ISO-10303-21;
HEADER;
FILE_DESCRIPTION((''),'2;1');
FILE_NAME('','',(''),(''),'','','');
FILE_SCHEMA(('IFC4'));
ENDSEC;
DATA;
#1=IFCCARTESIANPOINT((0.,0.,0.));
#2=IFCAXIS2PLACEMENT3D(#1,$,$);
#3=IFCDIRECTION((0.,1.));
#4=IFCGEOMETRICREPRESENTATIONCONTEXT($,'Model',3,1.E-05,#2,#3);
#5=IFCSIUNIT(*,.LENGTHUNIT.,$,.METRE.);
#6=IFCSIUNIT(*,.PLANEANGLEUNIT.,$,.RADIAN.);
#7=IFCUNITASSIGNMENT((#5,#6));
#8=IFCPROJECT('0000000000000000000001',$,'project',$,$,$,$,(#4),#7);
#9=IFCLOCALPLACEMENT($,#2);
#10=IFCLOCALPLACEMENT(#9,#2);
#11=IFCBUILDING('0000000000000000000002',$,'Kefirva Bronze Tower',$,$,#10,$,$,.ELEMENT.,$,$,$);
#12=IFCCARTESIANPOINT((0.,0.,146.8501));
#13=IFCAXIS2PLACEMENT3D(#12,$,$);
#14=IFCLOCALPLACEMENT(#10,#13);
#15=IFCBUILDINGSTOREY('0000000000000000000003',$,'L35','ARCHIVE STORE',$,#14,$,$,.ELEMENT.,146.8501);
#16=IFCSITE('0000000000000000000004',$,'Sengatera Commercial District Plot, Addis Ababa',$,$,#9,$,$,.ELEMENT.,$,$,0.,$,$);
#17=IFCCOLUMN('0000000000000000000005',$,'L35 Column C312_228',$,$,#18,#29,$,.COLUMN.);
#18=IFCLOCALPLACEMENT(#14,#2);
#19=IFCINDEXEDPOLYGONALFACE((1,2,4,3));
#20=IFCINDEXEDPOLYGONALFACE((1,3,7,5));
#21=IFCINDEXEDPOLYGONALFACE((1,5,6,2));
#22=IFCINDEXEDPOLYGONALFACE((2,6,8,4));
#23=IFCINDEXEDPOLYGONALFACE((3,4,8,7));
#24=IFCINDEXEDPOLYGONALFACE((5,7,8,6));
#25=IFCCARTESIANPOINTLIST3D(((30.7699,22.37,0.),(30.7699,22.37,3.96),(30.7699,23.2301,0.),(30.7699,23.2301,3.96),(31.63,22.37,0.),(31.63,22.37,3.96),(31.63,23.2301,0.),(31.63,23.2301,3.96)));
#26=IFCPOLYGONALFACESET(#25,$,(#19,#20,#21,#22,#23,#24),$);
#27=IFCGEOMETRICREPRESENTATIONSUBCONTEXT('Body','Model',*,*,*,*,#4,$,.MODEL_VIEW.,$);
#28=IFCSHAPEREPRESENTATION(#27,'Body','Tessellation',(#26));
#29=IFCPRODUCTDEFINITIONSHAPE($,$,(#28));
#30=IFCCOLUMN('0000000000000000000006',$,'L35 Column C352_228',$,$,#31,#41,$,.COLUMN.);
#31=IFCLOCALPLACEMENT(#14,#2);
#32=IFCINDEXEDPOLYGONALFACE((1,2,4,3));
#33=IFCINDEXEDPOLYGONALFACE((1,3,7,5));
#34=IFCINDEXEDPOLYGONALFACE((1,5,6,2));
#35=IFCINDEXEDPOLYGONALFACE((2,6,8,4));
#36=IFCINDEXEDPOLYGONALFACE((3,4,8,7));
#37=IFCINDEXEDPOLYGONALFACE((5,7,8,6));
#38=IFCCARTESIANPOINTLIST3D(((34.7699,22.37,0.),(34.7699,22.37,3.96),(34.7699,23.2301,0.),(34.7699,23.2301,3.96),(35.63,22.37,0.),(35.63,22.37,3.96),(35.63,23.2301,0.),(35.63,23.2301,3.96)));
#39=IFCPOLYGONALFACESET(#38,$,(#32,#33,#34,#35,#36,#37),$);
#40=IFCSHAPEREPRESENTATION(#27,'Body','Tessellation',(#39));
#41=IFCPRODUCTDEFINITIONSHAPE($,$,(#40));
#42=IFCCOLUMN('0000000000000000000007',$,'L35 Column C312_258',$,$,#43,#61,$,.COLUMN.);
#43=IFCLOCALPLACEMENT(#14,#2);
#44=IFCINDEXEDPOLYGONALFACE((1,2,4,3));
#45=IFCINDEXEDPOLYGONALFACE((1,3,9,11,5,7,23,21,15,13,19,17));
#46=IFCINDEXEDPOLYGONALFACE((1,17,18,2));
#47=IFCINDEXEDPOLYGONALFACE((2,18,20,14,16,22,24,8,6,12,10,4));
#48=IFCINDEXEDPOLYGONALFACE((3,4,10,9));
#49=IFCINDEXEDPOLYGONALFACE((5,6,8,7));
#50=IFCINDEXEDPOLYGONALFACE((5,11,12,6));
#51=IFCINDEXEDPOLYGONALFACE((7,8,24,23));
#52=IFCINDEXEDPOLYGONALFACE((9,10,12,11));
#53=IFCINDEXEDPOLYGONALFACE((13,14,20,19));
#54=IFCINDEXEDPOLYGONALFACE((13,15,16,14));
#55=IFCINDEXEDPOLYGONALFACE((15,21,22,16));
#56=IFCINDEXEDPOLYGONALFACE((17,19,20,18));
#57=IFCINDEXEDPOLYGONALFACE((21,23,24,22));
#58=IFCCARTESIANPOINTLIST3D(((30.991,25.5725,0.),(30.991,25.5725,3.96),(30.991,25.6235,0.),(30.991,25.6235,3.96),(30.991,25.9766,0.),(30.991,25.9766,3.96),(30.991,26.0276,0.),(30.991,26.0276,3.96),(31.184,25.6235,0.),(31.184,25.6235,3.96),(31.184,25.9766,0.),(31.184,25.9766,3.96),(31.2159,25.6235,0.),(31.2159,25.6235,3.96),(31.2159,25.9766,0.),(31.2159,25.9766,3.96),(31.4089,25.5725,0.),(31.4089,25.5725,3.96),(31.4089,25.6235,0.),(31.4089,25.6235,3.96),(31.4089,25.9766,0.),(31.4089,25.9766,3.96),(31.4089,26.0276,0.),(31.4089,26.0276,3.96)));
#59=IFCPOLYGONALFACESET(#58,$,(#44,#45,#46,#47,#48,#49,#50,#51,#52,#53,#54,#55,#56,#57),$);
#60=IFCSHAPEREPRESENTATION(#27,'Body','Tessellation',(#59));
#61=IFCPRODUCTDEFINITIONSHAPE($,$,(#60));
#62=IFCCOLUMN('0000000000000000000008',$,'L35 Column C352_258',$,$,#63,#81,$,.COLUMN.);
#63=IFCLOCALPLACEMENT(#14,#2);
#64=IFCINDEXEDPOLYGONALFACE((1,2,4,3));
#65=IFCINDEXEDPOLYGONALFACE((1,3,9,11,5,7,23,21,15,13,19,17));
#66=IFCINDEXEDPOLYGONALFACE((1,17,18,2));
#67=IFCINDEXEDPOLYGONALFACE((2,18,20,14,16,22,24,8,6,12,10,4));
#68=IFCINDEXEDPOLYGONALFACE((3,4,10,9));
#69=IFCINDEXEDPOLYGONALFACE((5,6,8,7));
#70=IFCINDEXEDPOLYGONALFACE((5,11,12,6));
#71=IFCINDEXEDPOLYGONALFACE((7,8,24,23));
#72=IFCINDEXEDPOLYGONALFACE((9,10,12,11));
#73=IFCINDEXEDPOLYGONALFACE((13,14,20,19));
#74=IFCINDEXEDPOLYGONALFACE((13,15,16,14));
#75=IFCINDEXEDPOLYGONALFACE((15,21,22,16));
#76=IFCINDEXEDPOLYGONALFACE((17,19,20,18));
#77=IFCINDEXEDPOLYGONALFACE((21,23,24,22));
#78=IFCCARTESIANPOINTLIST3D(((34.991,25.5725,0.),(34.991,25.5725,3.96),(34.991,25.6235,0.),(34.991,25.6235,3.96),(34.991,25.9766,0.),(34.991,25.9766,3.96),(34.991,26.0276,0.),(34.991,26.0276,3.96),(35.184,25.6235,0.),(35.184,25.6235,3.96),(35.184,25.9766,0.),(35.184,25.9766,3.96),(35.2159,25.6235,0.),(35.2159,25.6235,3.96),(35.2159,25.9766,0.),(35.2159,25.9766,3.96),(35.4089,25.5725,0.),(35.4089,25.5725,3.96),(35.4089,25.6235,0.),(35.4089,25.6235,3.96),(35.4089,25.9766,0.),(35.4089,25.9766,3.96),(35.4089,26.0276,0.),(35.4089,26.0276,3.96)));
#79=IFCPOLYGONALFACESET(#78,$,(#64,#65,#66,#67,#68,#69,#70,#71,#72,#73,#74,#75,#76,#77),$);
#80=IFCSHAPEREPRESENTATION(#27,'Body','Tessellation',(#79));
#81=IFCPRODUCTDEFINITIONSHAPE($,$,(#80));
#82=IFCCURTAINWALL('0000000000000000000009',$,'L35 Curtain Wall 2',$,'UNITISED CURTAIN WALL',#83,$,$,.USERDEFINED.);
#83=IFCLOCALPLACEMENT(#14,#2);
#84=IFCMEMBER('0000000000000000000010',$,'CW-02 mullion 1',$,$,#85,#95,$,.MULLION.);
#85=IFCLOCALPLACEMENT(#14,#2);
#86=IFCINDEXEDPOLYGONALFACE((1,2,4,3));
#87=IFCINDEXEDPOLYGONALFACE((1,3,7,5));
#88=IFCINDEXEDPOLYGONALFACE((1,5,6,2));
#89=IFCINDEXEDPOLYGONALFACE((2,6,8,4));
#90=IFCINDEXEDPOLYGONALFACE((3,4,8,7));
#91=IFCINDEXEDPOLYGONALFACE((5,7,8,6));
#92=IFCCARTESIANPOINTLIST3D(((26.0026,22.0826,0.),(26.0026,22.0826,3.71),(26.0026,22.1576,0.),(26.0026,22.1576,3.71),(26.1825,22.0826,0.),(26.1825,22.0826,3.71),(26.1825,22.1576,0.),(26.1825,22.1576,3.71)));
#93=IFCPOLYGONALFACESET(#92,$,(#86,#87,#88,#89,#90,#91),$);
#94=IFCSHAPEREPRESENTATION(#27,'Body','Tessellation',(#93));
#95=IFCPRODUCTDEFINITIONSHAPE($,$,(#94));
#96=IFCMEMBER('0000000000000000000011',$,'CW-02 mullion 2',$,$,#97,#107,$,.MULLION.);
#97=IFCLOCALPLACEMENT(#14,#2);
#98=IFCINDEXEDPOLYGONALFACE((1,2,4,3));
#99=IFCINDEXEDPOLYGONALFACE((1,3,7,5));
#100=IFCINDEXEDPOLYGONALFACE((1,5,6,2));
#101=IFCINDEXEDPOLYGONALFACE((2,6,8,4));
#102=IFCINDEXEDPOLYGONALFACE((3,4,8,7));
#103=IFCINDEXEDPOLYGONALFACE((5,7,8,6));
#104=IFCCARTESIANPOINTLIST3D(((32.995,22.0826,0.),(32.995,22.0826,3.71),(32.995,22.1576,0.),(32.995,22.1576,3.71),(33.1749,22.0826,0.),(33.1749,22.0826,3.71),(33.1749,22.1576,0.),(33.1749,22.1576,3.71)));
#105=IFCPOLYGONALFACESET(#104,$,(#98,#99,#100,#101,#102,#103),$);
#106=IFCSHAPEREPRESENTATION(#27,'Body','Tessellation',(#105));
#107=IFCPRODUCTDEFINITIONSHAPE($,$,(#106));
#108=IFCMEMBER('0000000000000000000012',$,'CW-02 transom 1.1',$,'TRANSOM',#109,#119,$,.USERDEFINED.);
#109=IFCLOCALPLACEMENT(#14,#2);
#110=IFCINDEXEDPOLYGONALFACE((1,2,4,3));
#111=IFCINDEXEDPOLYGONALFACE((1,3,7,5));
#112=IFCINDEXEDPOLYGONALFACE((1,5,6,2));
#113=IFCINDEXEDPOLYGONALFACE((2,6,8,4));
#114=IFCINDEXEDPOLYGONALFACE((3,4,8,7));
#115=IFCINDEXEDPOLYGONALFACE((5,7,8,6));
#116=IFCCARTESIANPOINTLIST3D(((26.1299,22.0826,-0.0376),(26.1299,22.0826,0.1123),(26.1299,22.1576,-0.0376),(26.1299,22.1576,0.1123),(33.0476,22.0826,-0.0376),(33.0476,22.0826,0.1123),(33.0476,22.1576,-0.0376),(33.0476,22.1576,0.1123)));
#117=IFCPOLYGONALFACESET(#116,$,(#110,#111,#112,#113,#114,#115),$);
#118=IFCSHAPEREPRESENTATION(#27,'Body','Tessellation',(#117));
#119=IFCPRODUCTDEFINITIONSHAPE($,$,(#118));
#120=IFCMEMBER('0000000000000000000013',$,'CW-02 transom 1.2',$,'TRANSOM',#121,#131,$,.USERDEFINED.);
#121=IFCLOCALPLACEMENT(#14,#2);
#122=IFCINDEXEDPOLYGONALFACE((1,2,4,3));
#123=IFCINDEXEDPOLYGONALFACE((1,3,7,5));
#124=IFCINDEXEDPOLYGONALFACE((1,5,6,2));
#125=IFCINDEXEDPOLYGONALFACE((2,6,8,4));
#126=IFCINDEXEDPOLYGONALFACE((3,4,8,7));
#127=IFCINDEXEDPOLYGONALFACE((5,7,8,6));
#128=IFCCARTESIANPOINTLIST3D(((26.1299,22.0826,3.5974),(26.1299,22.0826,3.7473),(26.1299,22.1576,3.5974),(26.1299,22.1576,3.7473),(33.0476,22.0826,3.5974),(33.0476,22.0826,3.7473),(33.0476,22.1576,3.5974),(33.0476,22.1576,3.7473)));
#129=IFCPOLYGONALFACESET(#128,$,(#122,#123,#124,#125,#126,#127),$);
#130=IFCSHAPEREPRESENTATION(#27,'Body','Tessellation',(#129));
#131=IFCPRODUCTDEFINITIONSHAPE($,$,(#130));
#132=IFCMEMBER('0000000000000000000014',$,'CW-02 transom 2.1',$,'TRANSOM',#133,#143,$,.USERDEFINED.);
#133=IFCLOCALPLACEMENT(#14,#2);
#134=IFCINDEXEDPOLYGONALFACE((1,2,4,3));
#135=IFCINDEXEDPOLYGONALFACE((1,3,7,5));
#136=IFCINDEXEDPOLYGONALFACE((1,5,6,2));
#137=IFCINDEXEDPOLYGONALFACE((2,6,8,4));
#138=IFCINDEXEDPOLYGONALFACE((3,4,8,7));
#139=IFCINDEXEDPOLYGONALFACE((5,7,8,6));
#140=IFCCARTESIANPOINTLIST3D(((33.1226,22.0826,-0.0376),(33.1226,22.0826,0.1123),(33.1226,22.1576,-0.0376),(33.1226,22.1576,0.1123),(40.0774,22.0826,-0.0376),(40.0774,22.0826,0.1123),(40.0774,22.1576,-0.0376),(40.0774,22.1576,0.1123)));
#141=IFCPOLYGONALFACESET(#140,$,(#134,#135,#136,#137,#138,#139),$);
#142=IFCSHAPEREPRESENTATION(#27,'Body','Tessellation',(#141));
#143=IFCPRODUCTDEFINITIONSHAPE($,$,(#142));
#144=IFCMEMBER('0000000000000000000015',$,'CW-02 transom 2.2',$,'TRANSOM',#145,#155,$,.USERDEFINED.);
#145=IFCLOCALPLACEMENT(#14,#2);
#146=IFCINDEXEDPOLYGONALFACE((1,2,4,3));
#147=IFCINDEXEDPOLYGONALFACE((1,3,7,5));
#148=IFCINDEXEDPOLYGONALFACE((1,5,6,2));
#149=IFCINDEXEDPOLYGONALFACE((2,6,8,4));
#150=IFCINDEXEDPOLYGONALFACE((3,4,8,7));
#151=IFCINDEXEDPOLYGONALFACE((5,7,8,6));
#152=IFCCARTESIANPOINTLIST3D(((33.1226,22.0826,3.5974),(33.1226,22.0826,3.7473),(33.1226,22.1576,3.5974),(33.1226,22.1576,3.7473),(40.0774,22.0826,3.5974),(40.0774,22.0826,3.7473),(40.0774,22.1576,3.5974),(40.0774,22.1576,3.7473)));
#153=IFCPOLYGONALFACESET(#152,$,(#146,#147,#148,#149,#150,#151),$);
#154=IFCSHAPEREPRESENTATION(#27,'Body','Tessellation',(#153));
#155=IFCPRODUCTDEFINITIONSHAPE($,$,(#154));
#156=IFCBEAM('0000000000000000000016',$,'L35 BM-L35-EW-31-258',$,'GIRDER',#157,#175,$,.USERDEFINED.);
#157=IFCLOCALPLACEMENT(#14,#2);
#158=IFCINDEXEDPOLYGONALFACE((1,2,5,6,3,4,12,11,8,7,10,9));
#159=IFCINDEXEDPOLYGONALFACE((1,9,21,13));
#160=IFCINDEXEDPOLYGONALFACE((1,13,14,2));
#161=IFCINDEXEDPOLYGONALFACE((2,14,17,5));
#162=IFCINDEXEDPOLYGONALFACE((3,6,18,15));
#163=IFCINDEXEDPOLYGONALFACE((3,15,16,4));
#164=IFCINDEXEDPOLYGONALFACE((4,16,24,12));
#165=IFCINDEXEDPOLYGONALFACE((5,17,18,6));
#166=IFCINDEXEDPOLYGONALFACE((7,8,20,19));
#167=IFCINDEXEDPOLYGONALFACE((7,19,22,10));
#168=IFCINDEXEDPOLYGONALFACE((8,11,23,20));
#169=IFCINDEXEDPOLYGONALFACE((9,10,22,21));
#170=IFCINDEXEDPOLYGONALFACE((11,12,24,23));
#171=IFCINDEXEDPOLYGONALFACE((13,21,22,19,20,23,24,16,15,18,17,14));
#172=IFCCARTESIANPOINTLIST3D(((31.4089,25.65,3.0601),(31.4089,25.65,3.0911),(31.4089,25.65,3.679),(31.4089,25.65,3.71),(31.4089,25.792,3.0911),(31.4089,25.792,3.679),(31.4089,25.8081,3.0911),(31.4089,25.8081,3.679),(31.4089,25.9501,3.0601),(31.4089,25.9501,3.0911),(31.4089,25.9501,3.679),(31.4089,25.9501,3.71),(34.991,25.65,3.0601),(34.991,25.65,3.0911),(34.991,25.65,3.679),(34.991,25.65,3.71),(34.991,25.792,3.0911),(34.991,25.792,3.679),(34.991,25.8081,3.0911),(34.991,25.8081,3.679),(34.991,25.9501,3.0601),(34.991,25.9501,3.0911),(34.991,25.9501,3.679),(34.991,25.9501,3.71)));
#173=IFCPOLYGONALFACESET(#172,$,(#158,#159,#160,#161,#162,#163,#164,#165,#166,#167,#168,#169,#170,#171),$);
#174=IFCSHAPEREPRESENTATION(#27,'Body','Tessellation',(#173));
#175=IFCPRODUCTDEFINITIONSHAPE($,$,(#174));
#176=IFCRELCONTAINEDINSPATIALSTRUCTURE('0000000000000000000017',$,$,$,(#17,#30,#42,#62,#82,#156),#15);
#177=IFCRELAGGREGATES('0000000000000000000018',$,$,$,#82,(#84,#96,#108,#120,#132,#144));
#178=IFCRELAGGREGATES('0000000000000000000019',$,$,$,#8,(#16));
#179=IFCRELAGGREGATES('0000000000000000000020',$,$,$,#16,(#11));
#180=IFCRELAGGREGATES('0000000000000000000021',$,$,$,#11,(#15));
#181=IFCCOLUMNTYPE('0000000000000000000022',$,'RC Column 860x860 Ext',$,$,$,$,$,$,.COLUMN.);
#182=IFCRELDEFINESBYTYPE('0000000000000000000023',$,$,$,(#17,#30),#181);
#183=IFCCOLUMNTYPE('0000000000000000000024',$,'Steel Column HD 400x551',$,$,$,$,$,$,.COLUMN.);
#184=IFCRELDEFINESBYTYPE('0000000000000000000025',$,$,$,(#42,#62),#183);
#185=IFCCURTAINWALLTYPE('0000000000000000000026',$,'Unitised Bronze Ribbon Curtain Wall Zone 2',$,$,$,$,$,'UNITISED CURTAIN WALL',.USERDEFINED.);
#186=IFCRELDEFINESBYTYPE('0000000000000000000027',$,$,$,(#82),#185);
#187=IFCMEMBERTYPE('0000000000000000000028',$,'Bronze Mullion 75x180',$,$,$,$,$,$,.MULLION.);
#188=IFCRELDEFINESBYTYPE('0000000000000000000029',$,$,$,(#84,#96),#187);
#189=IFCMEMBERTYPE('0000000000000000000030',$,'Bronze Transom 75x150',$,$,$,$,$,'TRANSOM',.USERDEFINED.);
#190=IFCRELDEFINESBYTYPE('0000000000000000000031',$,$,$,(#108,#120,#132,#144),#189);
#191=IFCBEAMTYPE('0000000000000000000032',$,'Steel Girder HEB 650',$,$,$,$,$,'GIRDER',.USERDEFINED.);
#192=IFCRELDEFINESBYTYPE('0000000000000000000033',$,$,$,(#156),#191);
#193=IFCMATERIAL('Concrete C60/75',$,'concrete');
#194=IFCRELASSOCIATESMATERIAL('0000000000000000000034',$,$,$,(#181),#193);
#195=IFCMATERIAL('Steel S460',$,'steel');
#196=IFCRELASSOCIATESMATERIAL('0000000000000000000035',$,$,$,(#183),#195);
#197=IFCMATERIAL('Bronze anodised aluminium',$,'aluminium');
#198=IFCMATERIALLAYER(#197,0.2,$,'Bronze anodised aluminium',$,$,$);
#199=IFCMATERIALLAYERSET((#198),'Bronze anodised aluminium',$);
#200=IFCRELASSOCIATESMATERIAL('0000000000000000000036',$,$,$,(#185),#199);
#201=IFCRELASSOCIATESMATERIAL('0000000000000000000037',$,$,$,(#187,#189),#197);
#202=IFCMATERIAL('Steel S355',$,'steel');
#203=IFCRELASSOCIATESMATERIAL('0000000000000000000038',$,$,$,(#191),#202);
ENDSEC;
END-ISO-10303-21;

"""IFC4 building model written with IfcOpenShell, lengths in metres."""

from ifc_helpers import new_model, si_unit, direction, frame, origin, origin_2d, place, context, subcontext, project, spatial, rectangle, i_section, extrude, material, layer, layer_set, material_profile, profile_set, type_object, element, aggregate, save


model = new_model("IFC4")

# Units and contexts
model_context = context("Model", 3, precision=1e-05, world=origin(), true_north=direction((0.0, 1.0)))
body_context = subcontext(model_context, "Body", "Model", "MODEL_VIEW")
ifc_project = project(units=[si_unit("LENGTHUNIT", "METRE"), si_unit("PLANEANGLEUNIT", "RADIAN")], contexts=[model_context])

# Site, building, storey
site_placement = place(None, origin())
site = spatial("IfcSite", under=ifc_project, at=site_placement, Name="Sengatera Commercial District Plot, Addis Ababa", CompositionType="ELEMENT", RefElevation=0.0)
building_placement = place(site_placement, origin())
building = spatial("IfcBuilding", under=site, at=building_placement, Name="Kefirva Bronze Tower", CompositionType="ELEMENT")
storey_placement = place(building_placement, frame((0.0, 0.0, 146.8501)))
storey = spatial("IfcBuildingStorey", under=building, at=storey_placement, Name="L35", Description="ARCHIVE STORE", CompositionType="ELEMENT", Elevation=146.8501)

# Columns
ifc_material_1 = material(Name="Concrete C60/75", Category="concrete")
ifc_material_profile_1 = material_profile(ifc_material_1, rectangle(XDim=0.8601, YDim=0.8601, at=origin_2d()), Name="RC 860x860")
ifc_profile_set_1 = profile_set([ifc_material_profile_1], Name="Concrete C60/75")
column_type_1 = type_object("IfcColumnType", Name="RC Column 860x860 Ext", PredefinedType="COLUMN", material=ifc_profile_set_1)
for number, where, z_axis, x_axis, name in (
    (1, (31.2, 22.8, 0.0), (0.0, 0.0, 1.0), (1.0, 0.0, 0.0), "L35 Column C312_228"),
    (2, (35.2, 22.8, 0.0), (0.0, 0.0, 1.0), (1.0, 0.0, 0.0), "L35 Column C352_228"),
):
    element("IfcColumn", number, at=place(storey_placement, frame(where, z_axis=z_axis, x_axis=x_axis)), inside=storey, type_object=column_type_1, Name=name, PredefinedType="COLUMN", context=body_context, shape_type="SweptSolid", body=[
        extrude(rectangle(XDim=0.8601, YDim=0.8601, at=origin_2d()), origin(), (0.0, 0.0, 1.0), 3.96),
    ])
ifc_material_2 = material(Name="Steel S460", Category="steel")
ifc_material_profile_2 = material_profile(ifc_material_2, i_section(OverallWidth=0.418, OverallDepth=0.4551, WebThickness=0.032, FlangeThickness=0.051, at=origin_2d()), Name="HD 400x551")
ifc_profile_set_2 = profile_set([ifc_material_profile_2], Name="Steel S460")
column_type_2 = type_object("IfcColumnType", Name="Steel Column HD 400x551", PredefinedType="COLUMN", material=ifc_profile_set_2)
for number, where, z_axis, x_axis, name in (
    (3, (31.2, 25.8, 0.0), (0.0, 0.0, 1.0), (1.0, 0.0, 0.0), "L35 Column C312_258"),
    (4, (35.2, 25.8, 0.0), (0.0, 0.0, 1.0), (1.0, 0.0, 0.0), "L35 Column C352_258"),
):
    element("IfcColumn", number, at=place(storey_placement, frame(where, z_axis=z_axis, x_axis=x_axis)), inside=storey, type_object=column_type_2, Name=name, PredefinedType="COLUMN", context=body_context, shape_type="SweptSolid", body=[
        extrude(i_section(OverallWidth=0.418, OverallDepth=0.4551, WebThickness=0.032, FlangeThickness=0.051, at=origin_2d()), origin(), (0.0, 0.0, 1.0), 3.96),
    ])

# Curtain wall, members
ifc_material_3 = material(Name="Bronze anodised aluminium", Category="aluminium")
ifc_layer_1 = layer(ifc_material_3, 0.2, Name="Bronze anodised aluminium")
ifc_layer_set_1 = layer_set([ifc_layer_1], Name="Bronze anodised aluminium")
curtain_wall_type = type_object("IfcCurtainWallType", Name="Unitised Bronze Ribbon Curtain Wall Zone 2", ElementType="UNITISED CURTAIN WALL", PredefinedType="USERDEFINED", material=ifc_layer_set_1)
curtain_wall_placement = place(storey_placement, origin())
curtain_wall = element("IfcCurtainWall", 5, at=curtain_wall_placement, inside=storey, type_object=curtain_wall_type, Name="L35 Curtain Wall 2", ObjectType="UNITISED CURTAIN WALL", PredefinedType="USERDEFINED")
ifc_material_profile_3 = material_profile(ifc_material_3, rectangle(XDim=0.075, YDim=0.1799, at=origin_2d()), Name="ALU 75x180")
ifc_profile_set_3 = profile_set([ifc_material_profile_3], Name="Bronze anodised aluminium")
member_type_1 = type_object("IfcMemberType", Name="Bronze Mullion 75x180", PredefinedType="MULLION", material=ifc_profile_set_3)
member_1_placement = place(storey_placement, frame((26.0925, 22.1201, 0.0), z_axis=(0.0, 0.0, 1.0), x_axis=(0.0, 1.0, 0.0)))
member_1 = element("IfcMember", 6, at=member_1_placement, type_object=member_type_1, Name="CW-02 mullion 1", PredefinedType="MULLION", context=body_context, shape_type="SweptSolid", body=[
    extrude(rectangle(XDim=0.075, YDim=0.1799, at=origin_2d()), origin(), (0.0, 0.0, 1.0), 3.71),
])
member_2_placement = place(storey_placement, frame((33.085, 22.1201, 0.0), z_axis=(0.0, 0.0, 1.0), x_axis=(0.0, 1.0, 0.0)))
member_2 = element("IfcMember", 7, at=member_2_placement, type_object=member_type_1, Name="CW-02 mullion 2", PredefinedType="MULLION", context=body_context, shape_type="SweptSolid", body=[
    extrude(rectangle(XDim=0.075, YDim=0.1799, at=origin_2d()), origin(), (0.0, 0.0, 1.0), 3.71),
])
ifc_material_profile_4 = material_profile(ifc_material_3, rectangle(XDim=0.075, YDim=0.1499, at=origin_2d()), Name="ALU 75x150")
ifc_profile_set_4 = profile_set([ifc_material_profile_4], Name="Bronze anodised aluminium")
member_type_2 = type_object("IfcMemberType", Name="Bronze Transom 75x150", ElementType="TRANSOM", PredefinedType="USERDEFINED", material=ifc_profile_set_4)
member_3_placement = place(storey_placement, frame((26.1299, 22.1201, 0.0374), z_axis=(1.0, 0.0, 0.0), x_axis=(0.0, 1.0, 0.0)))
member_3 = element("IfcMember", 8, at=member_3_placement, type_object=member_type_2, Name="CW-02 transom 1.1", ObjectType="TRANSOM", PredefinedType="USERDEFINED", context=body_context, shape_type="SweptSolid", body=[
    extrude(rectangle(XDim=0.075, YDim=0.1499, at=origin_2d()), origin(), (0.0, 0.0, 1.0), 6.9177),
])
member_4_placement = place(storey_placement, frame((26.1299, 22.1201, 3.6724), z_axis=(1.0, 0.0, 0.0), x_axis=(0.0, 1.0, 0.0)))
member_4 = element("IfcMember", 9, at=member_4_placement, type_object=member_type_2, Name="CW-02 transom 1.2", ObjectType="TRANSOM", PredefinedType="USERDEFINED", context=body_context, shape_type="SweptSolid", body=[
    extrude(rectangle(XDim=0.075, YDim=0.1499, at=origin_2d()), origin(), (0.0, 0.0, 1.0), 6.9177),
])
member_5_placement = place(storey_placement, frame((33.1226, 22.1201, 0.0374), z_axis=(1.0, 0.0, 0.0), x_axis=(0.0, 1.0, 0.0)))
member_5 = element("IfcMember", 10, at=member_5_placement, type_object=member_type_2, Name="CW-02 transom 2.1", ObjectType="TRANSOM", PredefinedType="USERDEFINED", context=body_context, shape_type="SweptSolid", body=[
    extrude(rectangle(XDim=0.075, YDim=0.1499, at=origin_2d()), origin(), (0.0, 0.0, 1.0), 6.9548),
])
member_6_placement = place(storey_placement, frame((33.1226, 22.1201, 3.6724), z_axis=(1.0, 0.0, 0.0), x_axis=(0.0, 1.0, 0.0)))
member_6 = element("IfcMember", 11, at=member_6_placement, type_object=member_type_2, Name="CW-02 transom 2.2", ObjectType="TRANSOM", PredefinedType="USERDEFINED", context=body_context, shape_type="SweptSolid", body=[
    extrude(rectangle(XDim=0.075, YDim=0.1499, at=origin_2d()), origin(), (0.0, 0.0, 1.0), 6.9548),
])

# Beam
ifc_material_4 = material(Name="Steel S355", Category="steel")
ifc_material_profile_5 = material_profile(ifc_material_4, i_section(OverallWidth=0.3, OverallDepth=0.6499, WebThickness=0.0161, FlangeThickness=0.031, at=origin_2d()), Name="HEB 650")
ifc_profile_set_5 = profile_set([ifc_material_profile_5], Name="Steel S355")
beam_type_1 = type_object("IfcBeamType", Name="Steel Girder HEB 650", ElementType="GIRDER", PredefinedType="USERDEFINED", material=ifc_profile_set_5)
beam_1_placement = place(storey_placement, frame((31.4089, 25.8, 3.385), z_axis=(1.0, 0.0, 0.0), x_axis=(0.0, 1.0, 0.0)))
element("IfcBeam", 12, at=beam_1_placement, inside=storey, type_object=beam_type_1, Name="L35 BM-L35-EW-31-258", ObjectType="GIRDER", PredefinedType="USERDEFINED", context=body_context, shape_type="SweptSolid", body=[
    extrude(i_section(OverallWidth=0.3, OverallDepth=0.6499, WebThickness=0.0161, FlangeThickness=0.031, at=origin_2d()), origin(), (0.0, 0.0, 1.0), 3.582),
])

aggregate(curtain_wall, [member_1, member_2, member_3, member_4, member_5, member_6])

save(model, "model.ifc")
